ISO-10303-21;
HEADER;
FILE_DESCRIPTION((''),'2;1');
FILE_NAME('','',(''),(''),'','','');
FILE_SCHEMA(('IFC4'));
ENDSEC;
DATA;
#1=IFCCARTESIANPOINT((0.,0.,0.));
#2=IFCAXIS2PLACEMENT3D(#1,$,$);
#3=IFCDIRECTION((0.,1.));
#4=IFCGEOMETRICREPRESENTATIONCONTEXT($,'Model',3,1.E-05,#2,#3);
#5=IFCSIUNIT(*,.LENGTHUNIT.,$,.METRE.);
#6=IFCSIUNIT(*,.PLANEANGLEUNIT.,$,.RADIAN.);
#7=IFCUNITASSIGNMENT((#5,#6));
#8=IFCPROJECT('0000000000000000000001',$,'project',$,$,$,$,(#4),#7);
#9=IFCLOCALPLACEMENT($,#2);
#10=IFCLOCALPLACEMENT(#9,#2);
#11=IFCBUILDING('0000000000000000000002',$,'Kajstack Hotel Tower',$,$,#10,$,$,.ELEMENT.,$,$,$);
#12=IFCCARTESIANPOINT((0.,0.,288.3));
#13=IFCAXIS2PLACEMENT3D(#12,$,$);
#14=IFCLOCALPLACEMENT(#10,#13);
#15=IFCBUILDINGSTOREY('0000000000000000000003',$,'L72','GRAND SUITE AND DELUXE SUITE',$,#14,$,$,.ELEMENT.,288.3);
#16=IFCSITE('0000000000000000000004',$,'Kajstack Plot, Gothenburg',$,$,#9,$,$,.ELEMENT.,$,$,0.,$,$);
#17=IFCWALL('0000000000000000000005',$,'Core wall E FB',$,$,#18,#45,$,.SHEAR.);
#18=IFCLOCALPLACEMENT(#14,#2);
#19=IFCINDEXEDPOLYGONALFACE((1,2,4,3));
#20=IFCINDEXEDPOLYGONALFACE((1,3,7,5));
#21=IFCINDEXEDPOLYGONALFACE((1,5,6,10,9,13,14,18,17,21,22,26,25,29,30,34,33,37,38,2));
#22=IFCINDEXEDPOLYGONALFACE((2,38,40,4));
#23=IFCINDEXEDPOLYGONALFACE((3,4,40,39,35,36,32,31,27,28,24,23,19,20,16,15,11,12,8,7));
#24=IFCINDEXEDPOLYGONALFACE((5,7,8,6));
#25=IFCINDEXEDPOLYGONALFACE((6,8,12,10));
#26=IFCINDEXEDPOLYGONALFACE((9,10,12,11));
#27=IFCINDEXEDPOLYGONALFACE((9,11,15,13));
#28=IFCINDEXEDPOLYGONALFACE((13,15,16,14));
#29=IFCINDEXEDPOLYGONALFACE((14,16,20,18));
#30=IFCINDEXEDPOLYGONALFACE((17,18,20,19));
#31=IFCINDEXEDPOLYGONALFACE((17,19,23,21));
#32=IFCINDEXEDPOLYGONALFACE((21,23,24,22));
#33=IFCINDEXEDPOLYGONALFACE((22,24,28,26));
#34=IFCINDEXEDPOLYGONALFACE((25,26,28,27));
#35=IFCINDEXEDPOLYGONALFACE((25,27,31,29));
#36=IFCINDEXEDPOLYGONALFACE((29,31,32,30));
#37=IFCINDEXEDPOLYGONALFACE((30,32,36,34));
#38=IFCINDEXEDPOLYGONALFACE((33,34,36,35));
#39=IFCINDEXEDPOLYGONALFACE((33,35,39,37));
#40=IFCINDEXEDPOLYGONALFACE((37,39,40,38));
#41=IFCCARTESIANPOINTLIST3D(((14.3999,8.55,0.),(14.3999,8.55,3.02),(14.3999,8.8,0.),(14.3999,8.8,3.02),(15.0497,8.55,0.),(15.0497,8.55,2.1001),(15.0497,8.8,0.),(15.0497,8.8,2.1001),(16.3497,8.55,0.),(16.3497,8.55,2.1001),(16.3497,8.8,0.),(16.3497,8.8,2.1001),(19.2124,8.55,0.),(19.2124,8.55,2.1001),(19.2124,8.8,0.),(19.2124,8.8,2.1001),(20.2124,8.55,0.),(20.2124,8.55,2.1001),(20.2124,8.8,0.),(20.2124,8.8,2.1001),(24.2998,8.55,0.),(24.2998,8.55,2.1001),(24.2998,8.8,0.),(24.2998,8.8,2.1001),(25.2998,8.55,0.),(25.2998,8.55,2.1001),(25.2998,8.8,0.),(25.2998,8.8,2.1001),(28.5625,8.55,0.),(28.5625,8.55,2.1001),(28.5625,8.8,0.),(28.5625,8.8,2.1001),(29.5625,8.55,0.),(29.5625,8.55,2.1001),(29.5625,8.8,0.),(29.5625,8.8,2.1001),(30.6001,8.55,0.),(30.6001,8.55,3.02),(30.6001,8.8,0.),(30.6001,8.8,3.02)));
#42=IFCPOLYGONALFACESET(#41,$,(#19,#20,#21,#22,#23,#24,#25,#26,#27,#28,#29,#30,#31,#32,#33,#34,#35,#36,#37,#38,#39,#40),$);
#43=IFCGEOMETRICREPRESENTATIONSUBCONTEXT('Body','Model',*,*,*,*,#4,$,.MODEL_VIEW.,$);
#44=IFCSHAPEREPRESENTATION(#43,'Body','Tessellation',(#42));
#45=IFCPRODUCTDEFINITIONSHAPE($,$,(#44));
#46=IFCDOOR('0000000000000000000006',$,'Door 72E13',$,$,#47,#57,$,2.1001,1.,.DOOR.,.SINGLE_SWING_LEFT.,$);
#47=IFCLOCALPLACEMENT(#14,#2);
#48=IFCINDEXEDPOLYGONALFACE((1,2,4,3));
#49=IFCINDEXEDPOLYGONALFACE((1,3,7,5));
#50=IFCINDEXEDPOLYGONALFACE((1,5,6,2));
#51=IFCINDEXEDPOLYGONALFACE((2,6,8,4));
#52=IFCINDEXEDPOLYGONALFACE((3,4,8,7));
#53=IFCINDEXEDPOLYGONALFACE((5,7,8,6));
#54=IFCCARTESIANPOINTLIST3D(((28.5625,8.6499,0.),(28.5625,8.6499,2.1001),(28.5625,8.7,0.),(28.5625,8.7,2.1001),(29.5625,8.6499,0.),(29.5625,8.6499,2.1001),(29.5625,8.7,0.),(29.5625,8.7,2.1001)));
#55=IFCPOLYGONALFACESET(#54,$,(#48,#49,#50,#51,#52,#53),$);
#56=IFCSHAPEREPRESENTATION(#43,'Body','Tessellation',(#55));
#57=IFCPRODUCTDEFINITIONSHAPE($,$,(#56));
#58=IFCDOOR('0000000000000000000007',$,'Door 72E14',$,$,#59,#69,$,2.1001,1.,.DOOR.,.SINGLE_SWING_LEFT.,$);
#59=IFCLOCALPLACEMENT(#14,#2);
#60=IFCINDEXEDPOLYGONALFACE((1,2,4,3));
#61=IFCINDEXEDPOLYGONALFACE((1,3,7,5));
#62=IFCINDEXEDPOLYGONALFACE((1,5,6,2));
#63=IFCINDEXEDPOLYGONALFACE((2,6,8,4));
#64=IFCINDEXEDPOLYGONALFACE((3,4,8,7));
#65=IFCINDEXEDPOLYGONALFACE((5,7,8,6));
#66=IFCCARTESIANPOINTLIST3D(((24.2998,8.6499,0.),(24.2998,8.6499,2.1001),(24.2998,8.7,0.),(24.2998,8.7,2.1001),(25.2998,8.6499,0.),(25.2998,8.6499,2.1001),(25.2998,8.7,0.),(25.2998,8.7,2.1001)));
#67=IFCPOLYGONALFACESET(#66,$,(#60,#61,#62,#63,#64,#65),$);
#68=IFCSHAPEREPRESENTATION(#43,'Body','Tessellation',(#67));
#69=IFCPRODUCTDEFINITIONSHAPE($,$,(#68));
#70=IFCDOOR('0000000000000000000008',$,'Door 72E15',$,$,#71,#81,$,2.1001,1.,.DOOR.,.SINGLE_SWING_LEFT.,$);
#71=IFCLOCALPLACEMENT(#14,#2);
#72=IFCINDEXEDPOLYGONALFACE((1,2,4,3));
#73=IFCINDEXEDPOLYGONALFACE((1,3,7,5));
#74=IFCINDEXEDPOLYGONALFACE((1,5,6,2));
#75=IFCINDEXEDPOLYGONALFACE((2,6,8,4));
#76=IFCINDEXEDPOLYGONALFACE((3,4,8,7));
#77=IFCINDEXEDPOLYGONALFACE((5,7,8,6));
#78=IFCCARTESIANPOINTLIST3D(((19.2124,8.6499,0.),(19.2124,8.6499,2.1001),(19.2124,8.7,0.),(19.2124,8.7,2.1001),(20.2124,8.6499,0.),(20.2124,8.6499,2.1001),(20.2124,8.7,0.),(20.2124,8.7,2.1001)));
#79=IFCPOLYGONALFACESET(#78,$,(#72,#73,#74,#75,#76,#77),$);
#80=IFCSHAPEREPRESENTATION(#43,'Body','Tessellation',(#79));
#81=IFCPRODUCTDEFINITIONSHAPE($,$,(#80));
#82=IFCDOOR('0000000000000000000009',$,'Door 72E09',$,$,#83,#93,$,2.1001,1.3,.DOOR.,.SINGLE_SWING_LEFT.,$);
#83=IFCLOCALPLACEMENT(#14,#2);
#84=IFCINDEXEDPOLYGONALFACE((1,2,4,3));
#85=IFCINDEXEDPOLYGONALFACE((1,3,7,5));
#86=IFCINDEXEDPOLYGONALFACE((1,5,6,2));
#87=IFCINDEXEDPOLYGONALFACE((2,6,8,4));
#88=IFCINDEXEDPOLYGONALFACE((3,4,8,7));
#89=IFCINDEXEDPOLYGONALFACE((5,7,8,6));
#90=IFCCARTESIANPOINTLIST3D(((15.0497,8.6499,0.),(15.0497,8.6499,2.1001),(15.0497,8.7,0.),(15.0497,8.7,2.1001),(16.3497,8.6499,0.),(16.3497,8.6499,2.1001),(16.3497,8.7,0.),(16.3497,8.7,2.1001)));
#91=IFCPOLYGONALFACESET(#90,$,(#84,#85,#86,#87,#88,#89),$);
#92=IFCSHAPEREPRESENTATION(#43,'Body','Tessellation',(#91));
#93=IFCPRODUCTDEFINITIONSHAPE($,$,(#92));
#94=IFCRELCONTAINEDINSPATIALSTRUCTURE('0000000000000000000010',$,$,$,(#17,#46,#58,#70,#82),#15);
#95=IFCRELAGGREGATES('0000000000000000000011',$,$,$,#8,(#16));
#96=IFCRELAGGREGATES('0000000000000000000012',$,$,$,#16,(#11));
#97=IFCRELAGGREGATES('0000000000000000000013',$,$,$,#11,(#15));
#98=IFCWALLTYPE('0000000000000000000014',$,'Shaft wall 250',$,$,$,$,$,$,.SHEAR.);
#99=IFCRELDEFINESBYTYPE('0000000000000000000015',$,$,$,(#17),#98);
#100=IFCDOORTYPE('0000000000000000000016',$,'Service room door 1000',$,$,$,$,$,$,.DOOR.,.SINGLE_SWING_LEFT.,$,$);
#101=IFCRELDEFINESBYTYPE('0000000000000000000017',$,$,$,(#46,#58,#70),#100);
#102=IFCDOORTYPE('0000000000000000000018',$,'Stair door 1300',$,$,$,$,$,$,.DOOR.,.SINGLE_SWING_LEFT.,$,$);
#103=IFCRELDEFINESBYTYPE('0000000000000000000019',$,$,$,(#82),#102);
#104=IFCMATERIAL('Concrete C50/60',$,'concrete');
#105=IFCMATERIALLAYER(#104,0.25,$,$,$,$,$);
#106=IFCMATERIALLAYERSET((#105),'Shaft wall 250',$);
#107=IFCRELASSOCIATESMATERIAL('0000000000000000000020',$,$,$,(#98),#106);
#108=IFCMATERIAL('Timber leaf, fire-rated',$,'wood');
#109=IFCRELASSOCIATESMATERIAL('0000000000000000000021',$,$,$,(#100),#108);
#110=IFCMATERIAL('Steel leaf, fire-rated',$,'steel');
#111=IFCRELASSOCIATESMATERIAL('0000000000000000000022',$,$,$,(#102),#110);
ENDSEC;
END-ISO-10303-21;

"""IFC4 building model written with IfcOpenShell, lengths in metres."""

from ifc_helpers import new_model, si_unit, direction, frame, frame_2d, origin, place, context, subcontext, project, spatial, rectangle, extrude, material, layer, layer_set, type_object, element, fill, save


model = new_model("IFC4")

# Units and contexts
model_context = context("Model", 3, precision=1e-05, world=origin(), true_north=direction((0.0, 1.0)))
body_context = subcontext(model_context, "Body", "Model", "MODEL_VIEW")
ifc_project = project(units=[si_unit("LENGTHUNIT", "METRE"), si_unit("PLANEANGLEUNIT", "RADIAN")], contexts=[model_context])

# Site, building, storey
site_placement = place(None, origin())
site = spatial("IfcSite", under=ifc_project, at=site_placement, Name="Kajstack Plot, Gothenburg", CompositionType="ELEMENT", RefElevation=0.0)
building_placement = place(site_placement, origin())
building = spatial("IfcBuilding", under=site, at=building_placement, Name="Kajstack Hotel Tower", CompositionType="ELEMENT")
storey_placement = place(building_placement, frame((0.0, 0.0, 288.3)))
storey = spatial("IfcBuildingStorey", under=building, at=storey_placement, Name="L72", Description="GRAND SUITE AND DELUXE SUITE", CompositionType="ELEMENT", Elevation=288.3)

# Wall, openings, doors
ifc_material_1 = material(Name="Concrete C50/60", Category="concrete")
ifc_layer_1 = layer(ifc_material_1, 0.25)
ifc_layer_set_1 = layer_set([ifc_layer_1], Name="Shaft wall 250")
wall_type_1 = type_object("IfcWallType", Name="Shaft wall 250", PredefinedType="SHEAR", material=ifc_layer_set_1)
wall_1_placement = place(storey_placement, frame((14.3999, 8.675, 0.0), z_axis=(0.0, 0.0, 1.0), x_axis=(1.0, 0.0, 0.0)))
wall_1 = element("IfcWall", 1, at=wall_1_placement, inside=storey, type_object=wall_type_1, Name="Core wall E FB", PredefinedType="SHEAR", context=body_context, shape_type="SweptSolid", body=[
    extrude(rectangle(XDim=16.2002, YDim=0.25, at=frame_2d((8.1001, 0.0))), origin(), (0.0, 0.0, 1.0), 3.02),
])
opening_1_placement = place(wall_1_placement, frame((0.6499, 0.0, 0.0)))
opening_1 = element("IfcOpeningElement", 2, at=opening_1_placement, cuts=wall_1, PredefinedType="OPENING", context=body_context, shape_type="SweptSolid", body=[
    extrude(rectangle(XDim=1.3, YDim=2.1001, at=frame_2d((0.6499, 1.05))), frame((0.0, 0.135, 0.0), z_axis=(0.0, -1.0, 0.0), x_axis=(1.0, 0.0, 0.0)), (0.0, 0.0, 1.0), 0.27),
])
opening_2_placement = place(wall_1_placement, frame((14.1626, 0.0, 0.0)))
opening_2 = element("IfcOpeningElement", 3, at=opening_2_placement, cuts=wall_1, PredefinedType="OPENING", context=body_context, shape_type="SweptSolid", body=[
    extrude(rectangle(XDim=1.0, YDim=2.1001, at=frame_2d((0.5, 1.05))), frame((0.0, 0.135, 0.0), z_axis=(0.0, -1.0, 0.0), x_axis=(1.0, 0.0, 0.0)), (0.0, 0.0, 1.0), 0.27),
])
opening_3_placement = place(wall_1_placement, frame((9.8999, 0.0, 0.0)))
opening_3 = element("IfcOpeningElement", 4, at=opening_3_placement, cuts=wall_1, PredefinedType="OPENING", context=body_context, shape_type="SweptSolid", body=[
    extrude(rectangle(XDim=1.0, YDim=2.1001, at=frame_2d((0.5, 1.05))), frame((0.0, 0.135, 0.0), z_axis=(0.0, -1.0, 0.0), x_axis=(1.0, 0.0, 0.0)), (0.0, 0.0, 1.0), 0.27),
])
opening_4_placement = place(wall_1_placement, frame((4.8125, 0.0, 0.0)))
opening_4 = element("IfcOpeningElement", 5, at=opening_4_placement, cuts=wall_1, PredefinedType="OPENING", context=body_context, shape_type="SweptSolid", body=[
    extrude(rectangle(XDim=1.0, YDim=2.1001, at=frame_2d((0.5, 1.05))), frame((0.0, 0.135, 0.0), z_axis=(0.0, -1.0, 0.0), x_axis=(1.0, 0.0, 0.0)), (0.0, 0.0, 1.0), 0.27),
])
ifc_material_2 = material(Name="Timber leaf, fire-rated", Category="wood")
door_type_1 = type_object("IfcDoorType", Name="Service room door 1000", OperationType="SINGLE_SWING_LEFT", PredefinedType="DOOR", material=ifc_material_2)
door_1_placement = place(opening_2_placement, origin())
door_1 = element("IfcDoor", 6, at=door_1_placement, inside=storey, type_object=door_type_1, Name="Door 72E13", OperationType="SINGLE_SWING_LEFT", OverallHeight=2.1001, OverallWidth=1.0, PredefinedType="DOOR", context=body_context, shape_type="SweptSolid", body=[
    extrude(rectangle(XDim=1.0, YDim=2.1001, at=frame_2d((0.5, 1.05))), frame((0.0, 0.0249, 0.0), z_axis=(0.0, -1.0, 0.0), x_axis=(1.0, 0.0, 0.0)), (0.0, 0.0, 1.0), 0.05),
])
fill(opening_2, door_1)
door_2_placement = place(opening_3_placement, origin())
door_2 = element("IfcDoor", 7, at=door_2_placement, inside=storey, type_object=door_type_1, Name="Door 72E14", OperationType="SINGLE_SWING_LEFT", OverallHeight=2.1001, OverallWidth=1.0, PredefinedType="DOOR", context=body_context, shape_type="SweptSolid", body=[
    extrude(rectangle(XDim=1.0, YDim=2.1001, at=frame_2d((0.5, 1.05))), frame((0.0, 0.0249, 0.0), z_axis=(0.0, -1.0, 0.0), x_axis=(1.0, 0.0, 0.0)), (0.0, 0.0, 1.0), 0.05),
])
fill(opening_3, door_2)
door_3_placement = place(opening_4_placement, origin())
door_3 = element("IfcDoor", 8, at=door_3_placement, inside=storey, type_object=door_type_1, Name="Door 72E15", OperationType="SINGLE_SWING_LEFT", OverallHeight=2.1001, OverallWidth=1.0, PredefinedType="DOOR", context=body_context, shape_type="SweptSolid", body=[
    extrude(rectangle(XDim=1.0, YDim=2.1001, at=frame_2d((0.5, 1.05))), frame((0.0, 0.0249, 0.0), z_axis=(0.0, -1.0, 0.0), x_axis=(1.0, 0.0, 0.0)), (0.0, 0.0, 1.0), 0.05),
])
fill(opening_4, door_3)
ifc_material_3 = material(Name="Steel leaf, fire-rated", Category="steel")
door_type_2 = type_object("IfcDoorType", Name="Stair door 1300", OperationType="SINGLE_SWING_LEFT", PredefinedType="DOOR", material=ifc_material_3)
door_4_placement = place(opening_1_placement, origin())
door_4 = element("IfcDoor", 9, at=door_4_placement, inside=storey, type_object=door_type_2, Name="Door 72E09", OperationType="SINGLE_SWING_LEFT", OverallHeight=2.1001, OverallWidth=1.3, PredefinedType="DOOR", context=body_context, shape_type="SweptSolid", body=[
    extrude(rectangle(XDim=1.3, YDim=2.1001, at=frame_2d((0.6499, 1.05))), frame((0.0, 0.0249, 0.0), z_axis=(0.0, -1.0, 0.0), x_axis=(1.0, 0.0, 0.0)), (0.0, 0.0, 1.0), 0.05),
])
fill(opening_1, door_4)

save(model, "model.ifc")
